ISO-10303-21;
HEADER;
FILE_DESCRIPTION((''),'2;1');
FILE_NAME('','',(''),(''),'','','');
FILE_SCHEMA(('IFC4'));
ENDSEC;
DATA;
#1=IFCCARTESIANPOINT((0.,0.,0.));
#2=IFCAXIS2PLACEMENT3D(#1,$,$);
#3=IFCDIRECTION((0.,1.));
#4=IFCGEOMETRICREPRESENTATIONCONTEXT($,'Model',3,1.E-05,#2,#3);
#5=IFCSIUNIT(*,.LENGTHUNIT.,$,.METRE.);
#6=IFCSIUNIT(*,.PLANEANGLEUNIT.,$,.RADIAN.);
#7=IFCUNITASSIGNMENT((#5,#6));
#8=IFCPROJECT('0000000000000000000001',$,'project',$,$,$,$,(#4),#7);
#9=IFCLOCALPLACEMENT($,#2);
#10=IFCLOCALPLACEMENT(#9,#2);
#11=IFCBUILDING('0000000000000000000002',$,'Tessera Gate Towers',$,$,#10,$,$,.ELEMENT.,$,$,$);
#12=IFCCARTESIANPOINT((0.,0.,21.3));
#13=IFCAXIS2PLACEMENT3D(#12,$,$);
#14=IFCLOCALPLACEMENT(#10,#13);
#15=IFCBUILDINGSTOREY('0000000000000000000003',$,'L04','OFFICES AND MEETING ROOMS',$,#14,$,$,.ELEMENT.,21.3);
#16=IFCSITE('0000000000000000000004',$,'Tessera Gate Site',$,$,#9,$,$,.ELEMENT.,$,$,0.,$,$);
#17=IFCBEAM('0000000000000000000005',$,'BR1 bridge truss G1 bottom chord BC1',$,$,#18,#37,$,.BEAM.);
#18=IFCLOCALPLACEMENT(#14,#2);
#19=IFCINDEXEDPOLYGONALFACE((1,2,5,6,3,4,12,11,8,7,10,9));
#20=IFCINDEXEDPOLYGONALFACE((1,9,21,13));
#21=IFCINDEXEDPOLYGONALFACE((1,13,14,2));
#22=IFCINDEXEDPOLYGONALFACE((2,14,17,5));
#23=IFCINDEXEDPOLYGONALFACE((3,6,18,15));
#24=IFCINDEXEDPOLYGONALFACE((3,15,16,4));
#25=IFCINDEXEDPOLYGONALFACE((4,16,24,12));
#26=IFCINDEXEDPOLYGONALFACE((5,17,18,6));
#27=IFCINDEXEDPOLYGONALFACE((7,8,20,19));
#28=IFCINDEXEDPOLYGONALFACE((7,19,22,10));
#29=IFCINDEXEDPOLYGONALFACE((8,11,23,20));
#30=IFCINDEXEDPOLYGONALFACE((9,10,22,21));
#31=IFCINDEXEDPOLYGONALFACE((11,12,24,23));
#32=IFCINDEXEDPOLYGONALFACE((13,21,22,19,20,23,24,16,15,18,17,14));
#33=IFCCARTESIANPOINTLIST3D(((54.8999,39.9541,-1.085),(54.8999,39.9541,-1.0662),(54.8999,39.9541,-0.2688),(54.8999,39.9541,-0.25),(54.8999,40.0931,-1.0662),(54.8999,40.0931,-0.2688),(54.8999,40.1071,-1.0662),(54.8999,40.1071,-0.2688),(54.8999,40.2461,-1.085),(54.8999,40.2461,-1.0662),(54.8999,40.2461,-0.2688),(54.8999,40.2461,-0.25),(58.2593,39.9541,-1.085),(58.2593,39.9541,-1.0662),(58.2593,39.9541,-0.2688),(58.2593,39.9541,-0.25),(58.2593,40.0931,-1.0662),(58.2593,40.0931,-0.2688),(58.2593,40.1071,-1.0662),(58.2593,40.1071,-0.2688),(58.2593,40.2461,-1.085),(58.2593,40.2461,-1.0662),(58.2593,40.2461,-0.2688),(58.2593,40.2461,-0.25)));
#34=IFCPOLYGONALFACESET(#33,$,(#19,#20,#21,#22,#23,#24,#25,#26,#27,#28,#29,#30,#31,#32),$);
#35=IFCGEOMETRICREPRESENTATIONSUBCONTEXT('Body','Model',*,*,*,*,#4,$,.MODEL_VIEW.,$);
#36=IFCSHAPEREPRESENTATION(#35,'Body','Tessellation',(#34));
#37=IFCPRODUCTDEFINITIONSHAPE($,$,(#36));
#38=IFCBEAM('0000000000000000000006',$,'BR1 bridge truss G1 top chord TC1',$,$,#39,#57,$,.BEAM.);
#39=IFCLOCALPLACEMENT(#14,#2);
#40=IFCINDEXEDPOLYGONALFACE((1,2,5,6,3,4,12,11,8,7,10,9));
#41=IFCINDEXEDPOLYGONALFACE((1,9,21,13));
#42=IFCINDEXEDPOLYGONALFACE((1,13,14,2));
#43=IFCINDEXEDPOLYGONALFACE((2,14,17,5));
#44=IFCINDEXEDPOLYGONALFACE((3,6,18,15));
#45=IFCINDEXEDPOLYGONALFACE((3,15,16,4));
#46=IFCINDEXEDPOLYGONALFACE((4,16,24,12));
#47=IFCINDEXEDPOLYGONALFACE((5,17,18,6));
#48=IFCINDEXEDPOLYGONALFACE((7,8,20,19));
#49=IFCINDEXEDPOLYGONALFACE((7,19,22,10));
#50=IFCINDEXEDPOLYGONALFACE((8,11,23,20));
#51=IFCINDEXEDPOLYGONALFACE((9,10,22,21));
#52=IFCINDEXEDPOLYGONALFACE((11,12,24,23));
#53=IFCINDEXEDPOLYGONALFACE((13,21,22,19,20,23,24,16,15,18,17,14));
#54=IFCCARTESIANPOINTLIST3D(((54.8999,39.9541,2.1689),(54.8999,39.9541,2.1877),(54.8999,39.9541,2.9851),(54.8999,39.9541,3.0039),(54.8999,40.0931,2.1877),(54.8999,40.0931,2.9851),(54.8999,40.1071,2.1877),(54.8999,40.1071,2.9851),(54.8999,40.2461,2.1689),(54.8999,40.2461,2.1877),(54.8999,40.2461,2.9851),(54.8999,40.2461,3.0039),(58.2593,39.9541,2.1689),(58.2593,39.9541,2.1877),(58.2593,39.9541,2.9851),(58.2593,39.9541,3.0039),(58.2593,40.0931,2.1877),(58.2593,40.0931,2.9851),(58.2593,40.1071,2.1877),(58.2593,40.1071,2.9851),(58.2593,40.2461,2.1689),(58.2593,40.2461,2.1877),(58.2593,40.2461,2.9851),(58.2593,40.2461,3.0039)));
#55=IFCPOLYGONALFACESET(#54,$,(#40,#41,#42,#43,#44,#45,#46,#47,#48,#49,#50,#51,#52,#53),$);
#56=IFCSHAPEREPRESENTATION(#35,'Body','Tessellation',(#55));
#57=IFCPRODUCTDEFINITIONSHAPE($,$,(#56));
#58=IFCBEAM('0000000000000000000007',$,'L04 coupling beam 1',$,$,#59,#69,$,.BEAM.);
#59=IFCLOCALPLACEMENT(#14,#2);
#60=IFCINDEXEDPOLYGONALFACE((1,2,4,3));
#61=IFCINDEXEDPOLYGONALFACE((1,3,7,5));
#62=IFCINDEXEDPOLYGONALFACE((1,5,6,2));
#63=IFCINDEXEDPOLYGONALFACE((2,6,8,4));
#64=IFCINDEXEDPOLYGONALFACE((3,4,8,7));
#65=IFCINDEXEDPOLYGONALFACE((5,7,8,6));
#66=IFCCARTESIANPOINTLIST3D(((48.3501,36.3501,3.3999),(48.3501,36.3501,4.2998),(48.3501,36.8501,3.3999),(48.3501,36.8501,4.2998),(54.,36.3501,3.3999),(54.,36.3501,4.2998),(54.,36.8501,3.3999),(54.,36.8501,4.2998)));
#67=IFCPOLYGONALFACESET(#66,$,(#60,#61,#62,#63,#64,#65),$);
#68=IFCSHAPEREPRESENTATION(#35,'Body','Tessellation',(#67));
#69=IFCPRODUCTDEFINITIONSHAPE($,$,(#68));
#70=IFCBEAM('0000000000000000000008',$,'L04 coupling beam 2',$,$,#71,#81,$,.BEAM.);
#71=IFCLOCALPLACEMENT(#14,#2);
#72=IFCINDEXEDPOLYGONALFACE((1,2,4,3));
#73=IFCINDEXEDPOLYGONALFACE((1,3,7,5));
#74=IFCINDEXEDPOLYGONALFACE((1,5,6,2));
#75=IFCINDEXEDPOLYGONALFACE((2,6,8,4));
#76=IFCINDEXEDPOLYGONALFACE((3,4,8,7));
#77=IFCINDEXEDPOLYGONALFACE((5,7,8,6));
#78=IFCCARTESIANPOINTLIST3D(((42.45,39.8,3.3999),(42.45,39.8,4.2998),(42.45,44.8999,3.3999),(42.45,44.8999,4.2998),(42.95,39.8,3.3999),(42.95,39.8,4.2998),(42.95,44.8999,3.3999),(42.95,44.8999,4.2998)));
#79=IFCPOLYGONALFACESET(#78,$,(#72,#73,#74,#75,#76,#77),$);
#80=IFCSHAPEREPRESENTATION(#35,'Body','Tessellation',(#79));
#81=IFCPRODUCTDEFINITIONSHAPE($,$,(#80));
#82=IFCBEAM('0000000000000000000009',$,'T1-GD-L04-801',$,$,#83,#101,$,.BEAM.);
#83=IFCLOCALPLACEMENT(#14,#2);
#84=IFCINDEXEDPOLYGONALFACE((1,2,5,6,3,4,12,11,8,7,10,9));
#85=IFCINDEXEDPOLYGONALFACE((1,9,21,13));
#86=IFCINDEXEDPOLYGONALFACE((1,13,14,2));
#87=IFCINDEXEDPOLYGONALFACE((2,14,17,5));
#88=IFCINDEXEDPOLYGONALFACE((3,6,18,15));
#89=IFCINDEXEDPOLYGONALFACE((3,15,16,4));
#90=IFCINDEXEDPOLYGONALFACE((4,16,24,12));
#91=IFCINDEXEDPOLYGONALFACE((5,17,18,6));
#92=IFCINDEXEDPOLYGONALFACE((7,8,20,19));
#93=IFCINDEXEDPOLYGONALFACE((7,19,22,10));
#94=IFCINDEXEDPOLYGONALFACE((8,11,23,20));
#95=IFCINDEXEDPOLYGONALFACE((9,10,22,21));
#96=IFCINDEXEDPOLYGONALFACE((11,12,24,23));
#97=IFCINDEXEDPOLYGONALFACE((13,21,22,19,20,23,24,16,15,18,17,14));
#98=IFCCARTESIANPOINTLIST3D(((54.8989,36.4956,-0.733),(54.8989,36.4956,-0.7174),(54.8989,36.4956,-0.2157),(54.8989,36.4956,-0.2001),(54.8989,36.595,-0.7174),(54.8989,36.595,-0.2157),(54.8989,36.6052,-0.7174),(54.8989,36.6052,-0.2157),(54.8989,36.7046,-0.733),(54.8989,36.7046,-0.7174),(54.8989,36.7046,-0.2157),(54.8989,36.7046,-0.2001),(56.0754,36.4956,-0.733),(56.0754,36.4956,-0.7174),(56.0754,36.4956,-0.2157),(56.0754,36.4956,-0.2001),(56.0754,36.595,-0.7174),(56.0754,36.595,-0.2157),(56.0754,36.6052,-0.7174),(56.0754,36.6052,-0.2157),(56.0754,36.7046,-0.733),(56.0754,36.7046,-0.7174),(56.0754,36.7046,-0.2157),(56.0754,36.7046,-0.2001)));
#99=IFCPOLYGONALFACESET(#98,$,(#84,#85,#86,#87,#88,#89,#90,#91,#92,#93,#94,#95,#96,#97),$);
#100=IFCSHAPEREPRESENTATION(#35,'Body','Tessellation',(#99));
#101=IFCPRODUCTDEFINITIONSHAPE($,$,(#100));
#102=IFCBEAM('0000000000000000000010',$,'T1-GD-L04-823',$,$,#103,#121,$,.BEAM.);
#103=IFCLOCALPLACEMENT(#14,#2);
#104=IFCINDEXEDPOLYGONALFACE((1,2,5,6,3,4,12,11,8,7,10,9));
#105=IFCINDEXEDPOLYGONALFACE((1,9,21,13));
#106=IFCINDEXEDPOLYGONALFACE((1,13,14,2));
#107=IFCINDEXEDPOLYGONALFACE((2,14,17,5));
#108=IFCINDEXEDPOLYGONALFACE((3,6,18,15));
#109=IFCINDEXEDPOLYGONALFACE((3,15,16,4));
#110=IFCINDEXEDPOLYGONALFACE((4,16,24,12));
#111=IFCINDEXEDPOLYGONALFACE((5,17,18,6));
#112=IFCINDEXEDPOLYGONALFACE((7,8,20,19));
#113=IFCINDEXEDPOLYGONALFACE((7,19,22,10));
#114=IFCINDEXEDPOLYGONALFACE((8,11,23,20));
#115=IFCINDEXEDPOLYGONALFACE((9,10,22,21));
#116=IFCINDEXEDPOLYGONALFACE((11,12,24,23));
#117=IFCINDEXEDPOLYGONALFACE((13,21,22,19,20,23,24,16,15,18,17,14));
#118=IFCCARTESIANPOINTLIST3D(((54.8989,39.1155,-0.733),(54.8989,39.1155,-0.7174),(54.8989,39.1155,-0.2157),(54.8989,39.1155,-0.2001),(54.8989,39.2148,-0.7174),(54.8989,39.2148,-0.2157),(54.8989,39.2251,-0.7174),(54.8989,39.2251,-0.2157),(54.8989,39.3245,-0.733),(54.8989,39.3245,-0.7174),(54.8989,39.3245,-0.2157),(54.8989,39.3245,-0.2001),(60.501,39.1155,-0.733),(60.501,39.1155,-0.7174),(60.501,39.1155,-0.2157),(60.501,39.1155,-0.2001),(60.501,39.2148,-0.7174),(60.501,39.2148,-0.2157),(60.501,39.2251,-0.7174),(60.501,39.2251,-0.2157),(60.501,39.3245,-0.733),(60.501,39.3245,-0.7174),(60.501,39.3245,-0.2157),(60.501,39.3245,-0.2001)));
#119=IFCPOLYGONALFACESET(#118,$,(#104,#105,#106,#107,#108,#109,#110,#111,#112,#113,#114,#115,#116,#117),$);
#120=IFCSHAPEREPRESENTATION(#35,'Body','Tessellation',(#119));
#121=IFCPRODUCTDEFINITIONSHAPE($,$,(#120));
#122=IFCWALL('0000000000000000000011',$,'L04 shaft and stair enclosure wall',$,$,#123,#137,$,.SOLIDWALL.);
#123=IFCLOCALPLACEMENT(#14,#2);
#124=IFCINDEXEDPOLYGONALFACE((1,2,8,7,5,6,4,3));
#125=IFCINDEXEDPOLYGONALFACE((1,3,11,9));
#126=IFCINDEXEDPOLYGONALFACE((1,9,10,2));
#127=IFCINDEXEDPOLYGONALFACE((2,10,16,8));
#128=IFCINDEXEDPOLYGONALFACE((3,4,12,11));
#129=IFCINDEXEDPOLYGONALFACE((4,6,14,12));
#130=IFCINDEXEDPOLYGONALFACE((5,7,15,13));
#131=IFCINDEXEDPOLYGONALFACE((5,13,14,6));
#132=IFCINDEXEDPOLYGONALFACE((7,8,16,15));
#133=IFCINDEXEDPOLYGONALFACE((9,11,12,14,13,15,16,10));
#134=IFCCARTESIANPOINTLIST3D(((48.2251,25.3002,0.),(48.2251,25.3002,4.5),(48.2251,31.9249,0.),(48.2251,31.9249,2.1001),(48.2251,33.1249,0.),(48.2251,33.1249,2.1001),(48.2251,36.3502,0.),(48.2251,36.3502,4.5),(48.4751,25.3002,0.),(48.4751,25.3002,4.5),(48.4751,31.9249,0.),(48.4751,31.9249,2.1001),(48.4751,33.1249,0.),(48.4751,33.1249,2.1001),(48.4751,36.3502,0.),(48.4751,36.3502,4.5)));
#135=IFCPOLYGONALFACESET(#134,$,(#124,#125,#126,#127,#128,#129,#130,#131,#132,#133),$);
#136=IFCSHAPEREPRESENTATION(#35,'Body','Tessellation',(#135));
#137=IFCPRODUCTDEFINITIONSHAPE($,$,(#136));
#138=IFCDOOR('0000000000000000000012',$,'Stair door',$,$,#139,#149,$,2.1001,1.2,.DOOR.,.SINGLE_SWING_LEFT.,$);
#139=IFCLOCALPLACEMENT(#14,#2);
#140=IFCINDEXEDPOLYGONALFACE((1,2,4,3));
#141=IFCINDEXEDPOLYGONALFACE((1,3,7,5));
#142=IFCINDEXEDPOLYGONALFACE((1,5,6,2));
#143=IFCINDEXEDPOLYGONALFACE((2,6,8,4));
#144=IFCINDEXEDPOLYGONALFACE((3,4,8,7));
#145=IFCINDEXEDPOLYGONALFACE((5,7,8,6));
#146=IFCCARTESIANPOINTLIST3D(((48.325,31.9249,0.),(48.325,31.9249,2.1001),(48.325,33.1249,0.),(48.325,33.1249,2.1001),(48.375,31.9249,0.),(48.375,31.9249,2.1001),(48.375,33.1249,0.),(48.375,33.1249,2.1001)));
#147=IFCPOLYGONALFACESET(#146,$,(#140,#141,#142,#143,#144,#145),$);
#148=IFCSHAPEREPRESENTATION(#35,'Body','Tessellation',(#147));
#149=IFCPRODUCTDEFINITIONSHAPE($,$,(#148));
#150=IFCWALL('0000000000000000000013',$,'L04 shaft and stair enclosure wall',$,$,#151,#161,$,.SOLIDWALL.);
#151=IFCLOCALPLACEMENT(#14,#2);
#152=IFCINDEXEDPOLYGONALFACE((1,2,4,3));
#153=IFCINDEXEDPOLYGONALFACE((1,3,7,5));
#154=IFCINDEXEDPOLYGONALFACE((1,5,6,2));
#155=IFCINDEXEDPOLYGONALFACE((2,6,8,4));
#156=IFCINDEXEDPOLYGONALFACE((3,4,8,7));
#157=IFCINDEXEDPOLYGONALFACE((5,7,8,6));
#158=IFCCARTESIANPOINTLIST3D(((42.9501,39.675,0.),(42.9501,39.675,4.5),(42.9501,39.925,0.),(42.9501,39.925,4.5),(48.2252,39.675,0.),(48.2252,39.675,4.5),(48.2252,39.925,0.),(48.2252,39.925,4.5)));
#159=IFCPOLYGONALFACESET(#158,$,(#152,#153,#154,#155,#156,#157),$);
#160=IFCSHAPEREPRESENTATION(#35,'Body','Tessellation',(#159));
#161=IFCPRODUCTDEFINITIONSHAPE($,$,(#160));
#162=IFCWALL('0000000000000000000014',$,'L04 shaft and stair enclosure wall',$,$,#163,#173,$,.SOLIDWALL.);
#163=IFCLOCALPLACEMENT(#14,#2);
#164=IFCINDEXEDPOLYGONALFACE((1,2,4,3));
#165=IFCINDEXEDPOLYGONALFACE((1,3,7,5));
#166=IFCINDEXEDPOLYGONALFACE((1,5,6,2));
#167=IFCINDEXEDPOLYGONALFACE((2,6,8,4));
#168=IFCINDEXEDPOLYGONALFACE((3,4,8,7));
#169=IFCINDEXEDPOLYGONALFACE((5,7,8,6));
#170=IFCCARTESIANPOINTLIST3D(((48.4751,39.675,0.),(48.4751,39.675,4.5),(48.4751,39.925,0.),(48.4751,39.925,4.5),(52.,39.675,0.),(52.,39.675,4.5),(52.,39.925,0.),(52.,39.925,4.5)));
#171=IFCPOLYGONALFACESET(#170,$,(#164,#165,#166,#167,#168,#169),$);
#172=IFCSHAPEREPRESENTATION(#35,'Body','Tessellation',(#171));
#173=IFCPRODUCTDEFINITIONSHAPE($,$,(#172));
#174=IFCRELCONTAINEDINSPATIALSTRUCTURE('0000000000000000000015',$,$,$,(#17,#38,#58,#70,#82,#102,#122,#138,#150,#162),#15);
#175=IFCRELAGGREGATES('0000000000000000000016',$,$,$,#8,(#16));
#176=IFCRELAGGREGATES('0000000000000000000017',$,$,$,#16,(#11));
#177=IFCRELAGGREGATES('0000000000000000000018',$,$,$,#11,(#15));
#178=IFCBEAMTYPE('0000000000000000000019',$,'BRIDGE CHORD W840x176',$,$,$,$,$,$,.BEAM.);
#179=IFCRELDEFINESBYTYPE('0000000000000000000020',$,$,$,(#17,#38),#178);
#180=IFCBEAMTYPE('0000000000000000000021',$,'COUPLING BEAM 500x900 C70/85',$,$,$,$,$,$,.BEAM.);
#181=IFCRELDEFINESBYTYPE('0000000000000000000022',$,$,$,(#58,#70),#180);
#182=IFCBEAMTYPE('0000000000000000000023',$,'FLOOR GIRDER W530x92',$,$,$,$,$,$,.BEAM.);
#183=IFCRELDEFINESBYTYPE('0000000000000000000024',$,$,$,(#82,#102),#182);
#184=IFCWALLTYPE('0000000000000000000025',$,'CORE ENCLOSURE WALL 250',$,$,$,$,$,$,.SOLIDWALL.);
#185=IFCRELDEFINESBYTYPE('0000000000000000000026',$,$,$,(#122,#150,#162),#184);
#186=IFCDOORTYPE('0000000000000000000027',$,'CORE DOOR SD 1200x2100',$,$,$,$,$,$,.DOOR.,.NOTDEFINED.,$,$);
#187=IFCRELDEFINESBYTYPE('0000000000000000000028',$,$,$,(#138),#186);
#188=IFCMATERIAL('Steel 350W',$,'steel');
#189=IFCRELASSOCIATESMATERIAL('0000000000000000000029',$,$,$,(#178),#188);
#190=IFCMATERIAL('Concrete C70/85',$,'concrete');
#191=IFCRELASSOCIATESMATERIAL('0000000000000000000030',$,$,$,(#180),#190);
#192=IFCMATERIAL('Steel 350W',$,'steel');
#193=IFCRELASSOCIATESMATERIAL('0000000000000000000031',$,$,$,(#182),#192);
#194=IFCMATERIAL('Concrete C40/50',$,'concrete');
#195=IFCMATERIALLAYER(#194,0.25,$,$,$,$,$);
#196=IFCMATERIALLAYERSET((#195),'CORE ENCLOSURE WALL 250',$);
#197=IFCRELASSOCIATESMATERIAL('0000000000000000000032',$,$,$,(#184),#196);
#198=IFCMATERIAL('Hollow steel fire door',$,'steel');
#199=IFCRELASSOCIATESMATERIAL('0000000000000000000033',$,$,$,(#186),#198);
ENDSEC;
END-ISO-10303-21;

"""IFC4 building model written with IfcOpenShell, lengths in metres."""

from ifc_helpers import new_model, si_unit, direction, frame, frame_2d, origin, origin_2d, place, context, subcontext, project, spatial, rectangle, i_section, extrude, source, transform, mapped, material, layer, layer_set, material_profile, profile_set, type_object, element, fill, save


model = new_model("IFC4")

# Units and contexts
model_context = context("Model", 3, precision=1e-05, world=origin(), true_north=direction((0.0, 1.0)))
body_context = subcontext(model_context, "Body", "Model", "MODEL_VIEW")
ifc_project = project(units=[si_unit("LENGTHUNIT", "METRE"), si_unit("PLANEANGLEUNIT", "RADIAN")], contexts=[model_context])

# Site, building, storey
site_placement = place(None, origin())
site = spatial("IfcSite", under=ifc_project, at=site_placement, Name="Tessera Gate Site", CompositionType="ELEMENT", RefElevation=0.0)
building_placement = place(site_placement, origin())
building = spatial("IfcBuilding", under=site, at=building_placement, Name="Tessera Gate Towers", CompositionType="ELEMENT")
storey_placement = place(building_placement, frame((0.0, 0.0, 21.3)))
storey = spatial("IfcBuildingStorey", under=building, at=storey_placement, Name="L04", Description="OFFICES AND MEETING ROOMS", CompositionType="ELEMENT", Elevation=21.3)

# Beams
ifc_material_1 = material(Name="Steel 350W", Category="steel")
ifc_material_profile_1 = material_profile(ifc_material_1, i_section(OverallWidth=0.292, OverallDepth=0.835, WebThickness=0.0139, FlangeThickness=0.0188, at=origin_2d()), Name="W840x176")
ifc_profile_set_1 = profile_set([ifc_material_profile_1], Name="Steel 350W")
beam_type_1 = type_object("IfcBeamType", Name="BRIDGE CHORD W840x176", PredefinedType="BEAM", material=ifc_profile_set_1)
for number, where, z_axis, x_axis, name in (
    (1, (54.8999, 40.1001, -0.6675), (1.0, 0.0, 0.0), (0.0, 1.0, 0.0), "BR1 bridge truss G1 bottom chord BC1"),
    (2, (54.8999, 40.1001, 2.5864), (1.0, 0.0, 0.0), (0.0, 1.0, 0.0), "BR1 bridge truss G1 top chord TC1"),
):
    element("IfcBeam", number, at=place(storey_placement, frame(where, z_axis=z_axis, x_axis=x_axis)), inside=storey, type_object=beam_type_1, Name=name, PredefinedType="BEAM", context=body_context, shape_type="SweptSolid", body=[
        extrude(i_section(OverallWidth=0.292, OverallDepth=0.835, WebThickness=0.0139, FlangeThickness=0.0188, at=origin_2d()), origin(), (0.0, 0.0, 1.0), 3.3594),
    ])
ifc_material_2 = material(Name="Concrete C70/85", Category="concrete")
ifc_material_profile_2 = material_profile(ifc_material_2, rectangle(XDim=0.5, YDim=0.8999, at=origin_2d()), Name="RC 500x900")
ifc_profile_set_2 = profile_set([ifc_material_profile_2], Name="Concrete C70/85")
beam_type_2 = type_object("IfcBeamType", Name="COUPLING BEAM 500x900 C70/85", PredefinedType="BEAM", material=ifc_profile_set_2)
beam_1_placement = place(storey_placement, frame((48.3501, 36.6001, 3.8499), z_axis=(1.0, 0.0, 0.0), x_axis=(0.0, 1.0, 0.0)))
element("IfcBeam", 3, at=beam_1_placement, inside=storey, type_object=beam_type_2, Name="L04 coupling beam 1", PredefinedType="BEAM", context=body_context, shape_type="SweptSolid", body=[
    extrude(rectangle(XDim=0.5, YDim=0.8999, at=origin_2d()), origin(), (0.0, 0.0, 1.0), 5.6499),
])
beam_2_placement = place(storey_placement, frame((42.7, 39.8, 3.8499), z_axis=(0.0, 1.0, 0.0), x_axis=(-1.0, 0.0, 0.0)))
element("IfcBeam", 4, at=beam_2_placement, inside=storey, type_object=beam_type_2, Name="L04 coupling beam 2", PredefinedType="BEAM", context=body_context, shape_type="SweptSolid", body=[
    extrude(rectangle(XDim=0.5, YDim=0.8999, at=origin_2d()), origin(), (0.0, 0.0, 1.0), 5.0999),
])
ifc_material_3 = material(Name="Steel 350W", Category="steel")
ifc_material_profile_3 = material_profile(ifc_material_3, i_section(OverallWidth=0.209, OverallDepth=0.533, WebThickness=0.0103, FlangeThickness=0.0156, at=origin_2d()), Name="W530x92")
ifc_profile_set_3 = profile_set([ifc_material_profile_3], Name="Steel 350W")
beam_type_3 = type_object("IfcBeamType", Name="FLOOR GIRDER W530x92", PredefinedType="BEAM", material=ifc_profile_set_3)
beam_3_placement = place(storey_placement, frame((54.8989, 36.6001, -0.4666), z_axis=(1.0, 0.0, 0.0), x_axis=(0.0, 1.0, 0.0)))
element("IfcBeam", 5, at=beam_3_placement, inside=storey, type_object=beam_type_3, Name="T1-GD-L04-801", PredefinedType="BEAM", context=body_context, shape_type="SweptSolid", body=[
    extrude(i_section(OverallWidth=0.209, OverallDepth=0.533, WebThickness=0.0103, FlangeThickness=0.0156, at=origin_2d()), origin(), (0.0, 0.0, 1.0), 1.1765),
])
beam_4_placement = place(storey_placement, frame((54.8989, 39.22, -0.4666), z_axis=(1.0, 0.0, 0.0), x_axis=(0.0, 1.0, 0.0)))
element("IfcBeam", 6, at=beam_4_placement, inside=storey, type_object=beam_type_3, Name="T1-GD-L04-823", PredefinedType="BEAM", context=body_context, shape_type="SweptSolid", body=[
    extrude(i_section(OverallWidth=0.209, OverallDepth=0.533, WebThickness=0.0103, FlangeThickness=0.0156, at=origin_2d()), origin(), (0.0, 0.0, 1.0), 5.6021),
])

# Wall, opening, door
ifc_material_4 = material(Name="Concrete C40/50", Category="concrete")
ifc_layer_1 = layer(ifc_material_4, 0.25)
ifc_layer_set_1 = layer_set([ifc_layer_1], Name="CORE ENCLOSURE WALL 250")
wall_type_1 = type_object("IfcWallType", Name="CORE ENCLOSURE WALL 250", PredefinedType="SOLIDWALL", material=ifc_layer_set_1)
wall_1_placement = place(storey_placement, frame((48.3501, 36.3501, 0.0), z_axis=(0.0, 0.0, 1.0), x_axis=(0.0, -1.0, 0.0)))
wall_1 = element("IfcWall", 7, at=wall_1_placement, inside=storey, type_object=wall_type_1, Name="L04 shaft and stair enclosure wall", PredefinedType="SOLIDWALL", context=body_context, shape_type="SweptSolid", body=[
    extrude(rectangle(XDim=11.05, YDim=0.25, at=frame_2d((5.5249, 0.0))), origin(), (0.0, 0.0, 1.0), 4.5),
])
shared_shape_1 = source(origin(), body_context, "Body", "SweptSolid", [
    extrude(rectangle(XDim=1.2, YDim=2.1001, at=frame_2d((0.6001, 1.05))), frame((0.0, 0.135, 0.0), z_axis=(0.0, -1.0, 0.0), x_axis=(1.0, 0.0, 0.0)), (0.0, 0.0, 1.0), 0.27),
])
opening_1_placement = place(wall_1_placement, frame((3.2251, 0.0, 0.0)))
opening_1 = element("IfcOpeningElement", 8, at=opening_1_placement, cuts=wall_1, PredefinedType="OPENING", context=body_context, shape_type="MappedRepresentation", body=[
    mapped(shared_shape_1, transform((0.0, 0.0, 0.0), scale=1.0)),
])
ifc_material_5 = material(Name="Hollow steel fire door", Category="steel")
door_type_1 = type_object("IfcDoorType", Name="CORE DOOR SD 1200x2100", OperationType="NOTDEFINED", PredefinedType="DOOR", material=ifc_material_5)
shared_shape_2 = source(origin(), body_context, "Body", "SweptSolid", [
    extrude(rectangle(XDim=1.2, YDim=2.1001, at=frame_2d((0.6001, 1.05))), frame((0.0, 0.0249, 0.0), z_axis=(0.0, -1.0, 0.0), x_axis=(1.0, 0.0, 0.0)), (0.0, 0.0, 1.0), 0.05),
])
door_1_placement = place(opening_1_placement, origin())
door_1 = element("IfcDoor", 9, at=door_1_placement, inside=storey, type_object=door_type_1, Name="Stair door", OperationType="SINGLE_SWING_LEFT", OverallHeight=2.1001, OverallWidth=1.2, PredefinedType="DOOR", context=body_context, shape_type="MappedRepresentation", body=[
    mapped(shared_shape_2, transform((0.0, 0.0, 0.0), scale=1.0)),
])
fill(opening_1, door_1)

# Walls
wall_2_placement = place(storey_placement, frame((42.95, 39.8, 0.0), z_axis=(0.0, 0.0, 1.0), x_axis=(1.0, 0.0, 0.0)))
element("IfcWall", 10, at=wall_2_placement, inside=storey, type_object=wall_type_1, Name="L04 shaft and stair enclosure wall", PredefinedType="SOLIDWALL", context=body_context, shape_type="SweptSolid", body=[
    extrude(rectangle(XDim=5.2751, YDim=0.25, at=frame_2d((2.6377, 0.0))), origin(), (0.0, 0.0, 1.0), 4.5),
])
wall_3_placement = place(storey_placement, frame((48.4751, 39.8, 0.0), z_axis=(0.0, 0.0, 1.0), x_axis=(1.0, 0.0, 0.0)))
element("IfcWall", 11, at=wall_3_placement, inside=storey, type_object=wall_type_1, Name="L04 shaft and stair enclosure wall", PredefinedType="SOLIDWALL", context=body_context, shape_type="SweptSolid", body=[
    extrude(rectangle(XDim=3.5249, YDim=0.25, at=frame_2d((1.7625, 0.0))), origin(), (0.0, 0.0, 1.0), 4.5),
])

save(model, "model.ifc")
